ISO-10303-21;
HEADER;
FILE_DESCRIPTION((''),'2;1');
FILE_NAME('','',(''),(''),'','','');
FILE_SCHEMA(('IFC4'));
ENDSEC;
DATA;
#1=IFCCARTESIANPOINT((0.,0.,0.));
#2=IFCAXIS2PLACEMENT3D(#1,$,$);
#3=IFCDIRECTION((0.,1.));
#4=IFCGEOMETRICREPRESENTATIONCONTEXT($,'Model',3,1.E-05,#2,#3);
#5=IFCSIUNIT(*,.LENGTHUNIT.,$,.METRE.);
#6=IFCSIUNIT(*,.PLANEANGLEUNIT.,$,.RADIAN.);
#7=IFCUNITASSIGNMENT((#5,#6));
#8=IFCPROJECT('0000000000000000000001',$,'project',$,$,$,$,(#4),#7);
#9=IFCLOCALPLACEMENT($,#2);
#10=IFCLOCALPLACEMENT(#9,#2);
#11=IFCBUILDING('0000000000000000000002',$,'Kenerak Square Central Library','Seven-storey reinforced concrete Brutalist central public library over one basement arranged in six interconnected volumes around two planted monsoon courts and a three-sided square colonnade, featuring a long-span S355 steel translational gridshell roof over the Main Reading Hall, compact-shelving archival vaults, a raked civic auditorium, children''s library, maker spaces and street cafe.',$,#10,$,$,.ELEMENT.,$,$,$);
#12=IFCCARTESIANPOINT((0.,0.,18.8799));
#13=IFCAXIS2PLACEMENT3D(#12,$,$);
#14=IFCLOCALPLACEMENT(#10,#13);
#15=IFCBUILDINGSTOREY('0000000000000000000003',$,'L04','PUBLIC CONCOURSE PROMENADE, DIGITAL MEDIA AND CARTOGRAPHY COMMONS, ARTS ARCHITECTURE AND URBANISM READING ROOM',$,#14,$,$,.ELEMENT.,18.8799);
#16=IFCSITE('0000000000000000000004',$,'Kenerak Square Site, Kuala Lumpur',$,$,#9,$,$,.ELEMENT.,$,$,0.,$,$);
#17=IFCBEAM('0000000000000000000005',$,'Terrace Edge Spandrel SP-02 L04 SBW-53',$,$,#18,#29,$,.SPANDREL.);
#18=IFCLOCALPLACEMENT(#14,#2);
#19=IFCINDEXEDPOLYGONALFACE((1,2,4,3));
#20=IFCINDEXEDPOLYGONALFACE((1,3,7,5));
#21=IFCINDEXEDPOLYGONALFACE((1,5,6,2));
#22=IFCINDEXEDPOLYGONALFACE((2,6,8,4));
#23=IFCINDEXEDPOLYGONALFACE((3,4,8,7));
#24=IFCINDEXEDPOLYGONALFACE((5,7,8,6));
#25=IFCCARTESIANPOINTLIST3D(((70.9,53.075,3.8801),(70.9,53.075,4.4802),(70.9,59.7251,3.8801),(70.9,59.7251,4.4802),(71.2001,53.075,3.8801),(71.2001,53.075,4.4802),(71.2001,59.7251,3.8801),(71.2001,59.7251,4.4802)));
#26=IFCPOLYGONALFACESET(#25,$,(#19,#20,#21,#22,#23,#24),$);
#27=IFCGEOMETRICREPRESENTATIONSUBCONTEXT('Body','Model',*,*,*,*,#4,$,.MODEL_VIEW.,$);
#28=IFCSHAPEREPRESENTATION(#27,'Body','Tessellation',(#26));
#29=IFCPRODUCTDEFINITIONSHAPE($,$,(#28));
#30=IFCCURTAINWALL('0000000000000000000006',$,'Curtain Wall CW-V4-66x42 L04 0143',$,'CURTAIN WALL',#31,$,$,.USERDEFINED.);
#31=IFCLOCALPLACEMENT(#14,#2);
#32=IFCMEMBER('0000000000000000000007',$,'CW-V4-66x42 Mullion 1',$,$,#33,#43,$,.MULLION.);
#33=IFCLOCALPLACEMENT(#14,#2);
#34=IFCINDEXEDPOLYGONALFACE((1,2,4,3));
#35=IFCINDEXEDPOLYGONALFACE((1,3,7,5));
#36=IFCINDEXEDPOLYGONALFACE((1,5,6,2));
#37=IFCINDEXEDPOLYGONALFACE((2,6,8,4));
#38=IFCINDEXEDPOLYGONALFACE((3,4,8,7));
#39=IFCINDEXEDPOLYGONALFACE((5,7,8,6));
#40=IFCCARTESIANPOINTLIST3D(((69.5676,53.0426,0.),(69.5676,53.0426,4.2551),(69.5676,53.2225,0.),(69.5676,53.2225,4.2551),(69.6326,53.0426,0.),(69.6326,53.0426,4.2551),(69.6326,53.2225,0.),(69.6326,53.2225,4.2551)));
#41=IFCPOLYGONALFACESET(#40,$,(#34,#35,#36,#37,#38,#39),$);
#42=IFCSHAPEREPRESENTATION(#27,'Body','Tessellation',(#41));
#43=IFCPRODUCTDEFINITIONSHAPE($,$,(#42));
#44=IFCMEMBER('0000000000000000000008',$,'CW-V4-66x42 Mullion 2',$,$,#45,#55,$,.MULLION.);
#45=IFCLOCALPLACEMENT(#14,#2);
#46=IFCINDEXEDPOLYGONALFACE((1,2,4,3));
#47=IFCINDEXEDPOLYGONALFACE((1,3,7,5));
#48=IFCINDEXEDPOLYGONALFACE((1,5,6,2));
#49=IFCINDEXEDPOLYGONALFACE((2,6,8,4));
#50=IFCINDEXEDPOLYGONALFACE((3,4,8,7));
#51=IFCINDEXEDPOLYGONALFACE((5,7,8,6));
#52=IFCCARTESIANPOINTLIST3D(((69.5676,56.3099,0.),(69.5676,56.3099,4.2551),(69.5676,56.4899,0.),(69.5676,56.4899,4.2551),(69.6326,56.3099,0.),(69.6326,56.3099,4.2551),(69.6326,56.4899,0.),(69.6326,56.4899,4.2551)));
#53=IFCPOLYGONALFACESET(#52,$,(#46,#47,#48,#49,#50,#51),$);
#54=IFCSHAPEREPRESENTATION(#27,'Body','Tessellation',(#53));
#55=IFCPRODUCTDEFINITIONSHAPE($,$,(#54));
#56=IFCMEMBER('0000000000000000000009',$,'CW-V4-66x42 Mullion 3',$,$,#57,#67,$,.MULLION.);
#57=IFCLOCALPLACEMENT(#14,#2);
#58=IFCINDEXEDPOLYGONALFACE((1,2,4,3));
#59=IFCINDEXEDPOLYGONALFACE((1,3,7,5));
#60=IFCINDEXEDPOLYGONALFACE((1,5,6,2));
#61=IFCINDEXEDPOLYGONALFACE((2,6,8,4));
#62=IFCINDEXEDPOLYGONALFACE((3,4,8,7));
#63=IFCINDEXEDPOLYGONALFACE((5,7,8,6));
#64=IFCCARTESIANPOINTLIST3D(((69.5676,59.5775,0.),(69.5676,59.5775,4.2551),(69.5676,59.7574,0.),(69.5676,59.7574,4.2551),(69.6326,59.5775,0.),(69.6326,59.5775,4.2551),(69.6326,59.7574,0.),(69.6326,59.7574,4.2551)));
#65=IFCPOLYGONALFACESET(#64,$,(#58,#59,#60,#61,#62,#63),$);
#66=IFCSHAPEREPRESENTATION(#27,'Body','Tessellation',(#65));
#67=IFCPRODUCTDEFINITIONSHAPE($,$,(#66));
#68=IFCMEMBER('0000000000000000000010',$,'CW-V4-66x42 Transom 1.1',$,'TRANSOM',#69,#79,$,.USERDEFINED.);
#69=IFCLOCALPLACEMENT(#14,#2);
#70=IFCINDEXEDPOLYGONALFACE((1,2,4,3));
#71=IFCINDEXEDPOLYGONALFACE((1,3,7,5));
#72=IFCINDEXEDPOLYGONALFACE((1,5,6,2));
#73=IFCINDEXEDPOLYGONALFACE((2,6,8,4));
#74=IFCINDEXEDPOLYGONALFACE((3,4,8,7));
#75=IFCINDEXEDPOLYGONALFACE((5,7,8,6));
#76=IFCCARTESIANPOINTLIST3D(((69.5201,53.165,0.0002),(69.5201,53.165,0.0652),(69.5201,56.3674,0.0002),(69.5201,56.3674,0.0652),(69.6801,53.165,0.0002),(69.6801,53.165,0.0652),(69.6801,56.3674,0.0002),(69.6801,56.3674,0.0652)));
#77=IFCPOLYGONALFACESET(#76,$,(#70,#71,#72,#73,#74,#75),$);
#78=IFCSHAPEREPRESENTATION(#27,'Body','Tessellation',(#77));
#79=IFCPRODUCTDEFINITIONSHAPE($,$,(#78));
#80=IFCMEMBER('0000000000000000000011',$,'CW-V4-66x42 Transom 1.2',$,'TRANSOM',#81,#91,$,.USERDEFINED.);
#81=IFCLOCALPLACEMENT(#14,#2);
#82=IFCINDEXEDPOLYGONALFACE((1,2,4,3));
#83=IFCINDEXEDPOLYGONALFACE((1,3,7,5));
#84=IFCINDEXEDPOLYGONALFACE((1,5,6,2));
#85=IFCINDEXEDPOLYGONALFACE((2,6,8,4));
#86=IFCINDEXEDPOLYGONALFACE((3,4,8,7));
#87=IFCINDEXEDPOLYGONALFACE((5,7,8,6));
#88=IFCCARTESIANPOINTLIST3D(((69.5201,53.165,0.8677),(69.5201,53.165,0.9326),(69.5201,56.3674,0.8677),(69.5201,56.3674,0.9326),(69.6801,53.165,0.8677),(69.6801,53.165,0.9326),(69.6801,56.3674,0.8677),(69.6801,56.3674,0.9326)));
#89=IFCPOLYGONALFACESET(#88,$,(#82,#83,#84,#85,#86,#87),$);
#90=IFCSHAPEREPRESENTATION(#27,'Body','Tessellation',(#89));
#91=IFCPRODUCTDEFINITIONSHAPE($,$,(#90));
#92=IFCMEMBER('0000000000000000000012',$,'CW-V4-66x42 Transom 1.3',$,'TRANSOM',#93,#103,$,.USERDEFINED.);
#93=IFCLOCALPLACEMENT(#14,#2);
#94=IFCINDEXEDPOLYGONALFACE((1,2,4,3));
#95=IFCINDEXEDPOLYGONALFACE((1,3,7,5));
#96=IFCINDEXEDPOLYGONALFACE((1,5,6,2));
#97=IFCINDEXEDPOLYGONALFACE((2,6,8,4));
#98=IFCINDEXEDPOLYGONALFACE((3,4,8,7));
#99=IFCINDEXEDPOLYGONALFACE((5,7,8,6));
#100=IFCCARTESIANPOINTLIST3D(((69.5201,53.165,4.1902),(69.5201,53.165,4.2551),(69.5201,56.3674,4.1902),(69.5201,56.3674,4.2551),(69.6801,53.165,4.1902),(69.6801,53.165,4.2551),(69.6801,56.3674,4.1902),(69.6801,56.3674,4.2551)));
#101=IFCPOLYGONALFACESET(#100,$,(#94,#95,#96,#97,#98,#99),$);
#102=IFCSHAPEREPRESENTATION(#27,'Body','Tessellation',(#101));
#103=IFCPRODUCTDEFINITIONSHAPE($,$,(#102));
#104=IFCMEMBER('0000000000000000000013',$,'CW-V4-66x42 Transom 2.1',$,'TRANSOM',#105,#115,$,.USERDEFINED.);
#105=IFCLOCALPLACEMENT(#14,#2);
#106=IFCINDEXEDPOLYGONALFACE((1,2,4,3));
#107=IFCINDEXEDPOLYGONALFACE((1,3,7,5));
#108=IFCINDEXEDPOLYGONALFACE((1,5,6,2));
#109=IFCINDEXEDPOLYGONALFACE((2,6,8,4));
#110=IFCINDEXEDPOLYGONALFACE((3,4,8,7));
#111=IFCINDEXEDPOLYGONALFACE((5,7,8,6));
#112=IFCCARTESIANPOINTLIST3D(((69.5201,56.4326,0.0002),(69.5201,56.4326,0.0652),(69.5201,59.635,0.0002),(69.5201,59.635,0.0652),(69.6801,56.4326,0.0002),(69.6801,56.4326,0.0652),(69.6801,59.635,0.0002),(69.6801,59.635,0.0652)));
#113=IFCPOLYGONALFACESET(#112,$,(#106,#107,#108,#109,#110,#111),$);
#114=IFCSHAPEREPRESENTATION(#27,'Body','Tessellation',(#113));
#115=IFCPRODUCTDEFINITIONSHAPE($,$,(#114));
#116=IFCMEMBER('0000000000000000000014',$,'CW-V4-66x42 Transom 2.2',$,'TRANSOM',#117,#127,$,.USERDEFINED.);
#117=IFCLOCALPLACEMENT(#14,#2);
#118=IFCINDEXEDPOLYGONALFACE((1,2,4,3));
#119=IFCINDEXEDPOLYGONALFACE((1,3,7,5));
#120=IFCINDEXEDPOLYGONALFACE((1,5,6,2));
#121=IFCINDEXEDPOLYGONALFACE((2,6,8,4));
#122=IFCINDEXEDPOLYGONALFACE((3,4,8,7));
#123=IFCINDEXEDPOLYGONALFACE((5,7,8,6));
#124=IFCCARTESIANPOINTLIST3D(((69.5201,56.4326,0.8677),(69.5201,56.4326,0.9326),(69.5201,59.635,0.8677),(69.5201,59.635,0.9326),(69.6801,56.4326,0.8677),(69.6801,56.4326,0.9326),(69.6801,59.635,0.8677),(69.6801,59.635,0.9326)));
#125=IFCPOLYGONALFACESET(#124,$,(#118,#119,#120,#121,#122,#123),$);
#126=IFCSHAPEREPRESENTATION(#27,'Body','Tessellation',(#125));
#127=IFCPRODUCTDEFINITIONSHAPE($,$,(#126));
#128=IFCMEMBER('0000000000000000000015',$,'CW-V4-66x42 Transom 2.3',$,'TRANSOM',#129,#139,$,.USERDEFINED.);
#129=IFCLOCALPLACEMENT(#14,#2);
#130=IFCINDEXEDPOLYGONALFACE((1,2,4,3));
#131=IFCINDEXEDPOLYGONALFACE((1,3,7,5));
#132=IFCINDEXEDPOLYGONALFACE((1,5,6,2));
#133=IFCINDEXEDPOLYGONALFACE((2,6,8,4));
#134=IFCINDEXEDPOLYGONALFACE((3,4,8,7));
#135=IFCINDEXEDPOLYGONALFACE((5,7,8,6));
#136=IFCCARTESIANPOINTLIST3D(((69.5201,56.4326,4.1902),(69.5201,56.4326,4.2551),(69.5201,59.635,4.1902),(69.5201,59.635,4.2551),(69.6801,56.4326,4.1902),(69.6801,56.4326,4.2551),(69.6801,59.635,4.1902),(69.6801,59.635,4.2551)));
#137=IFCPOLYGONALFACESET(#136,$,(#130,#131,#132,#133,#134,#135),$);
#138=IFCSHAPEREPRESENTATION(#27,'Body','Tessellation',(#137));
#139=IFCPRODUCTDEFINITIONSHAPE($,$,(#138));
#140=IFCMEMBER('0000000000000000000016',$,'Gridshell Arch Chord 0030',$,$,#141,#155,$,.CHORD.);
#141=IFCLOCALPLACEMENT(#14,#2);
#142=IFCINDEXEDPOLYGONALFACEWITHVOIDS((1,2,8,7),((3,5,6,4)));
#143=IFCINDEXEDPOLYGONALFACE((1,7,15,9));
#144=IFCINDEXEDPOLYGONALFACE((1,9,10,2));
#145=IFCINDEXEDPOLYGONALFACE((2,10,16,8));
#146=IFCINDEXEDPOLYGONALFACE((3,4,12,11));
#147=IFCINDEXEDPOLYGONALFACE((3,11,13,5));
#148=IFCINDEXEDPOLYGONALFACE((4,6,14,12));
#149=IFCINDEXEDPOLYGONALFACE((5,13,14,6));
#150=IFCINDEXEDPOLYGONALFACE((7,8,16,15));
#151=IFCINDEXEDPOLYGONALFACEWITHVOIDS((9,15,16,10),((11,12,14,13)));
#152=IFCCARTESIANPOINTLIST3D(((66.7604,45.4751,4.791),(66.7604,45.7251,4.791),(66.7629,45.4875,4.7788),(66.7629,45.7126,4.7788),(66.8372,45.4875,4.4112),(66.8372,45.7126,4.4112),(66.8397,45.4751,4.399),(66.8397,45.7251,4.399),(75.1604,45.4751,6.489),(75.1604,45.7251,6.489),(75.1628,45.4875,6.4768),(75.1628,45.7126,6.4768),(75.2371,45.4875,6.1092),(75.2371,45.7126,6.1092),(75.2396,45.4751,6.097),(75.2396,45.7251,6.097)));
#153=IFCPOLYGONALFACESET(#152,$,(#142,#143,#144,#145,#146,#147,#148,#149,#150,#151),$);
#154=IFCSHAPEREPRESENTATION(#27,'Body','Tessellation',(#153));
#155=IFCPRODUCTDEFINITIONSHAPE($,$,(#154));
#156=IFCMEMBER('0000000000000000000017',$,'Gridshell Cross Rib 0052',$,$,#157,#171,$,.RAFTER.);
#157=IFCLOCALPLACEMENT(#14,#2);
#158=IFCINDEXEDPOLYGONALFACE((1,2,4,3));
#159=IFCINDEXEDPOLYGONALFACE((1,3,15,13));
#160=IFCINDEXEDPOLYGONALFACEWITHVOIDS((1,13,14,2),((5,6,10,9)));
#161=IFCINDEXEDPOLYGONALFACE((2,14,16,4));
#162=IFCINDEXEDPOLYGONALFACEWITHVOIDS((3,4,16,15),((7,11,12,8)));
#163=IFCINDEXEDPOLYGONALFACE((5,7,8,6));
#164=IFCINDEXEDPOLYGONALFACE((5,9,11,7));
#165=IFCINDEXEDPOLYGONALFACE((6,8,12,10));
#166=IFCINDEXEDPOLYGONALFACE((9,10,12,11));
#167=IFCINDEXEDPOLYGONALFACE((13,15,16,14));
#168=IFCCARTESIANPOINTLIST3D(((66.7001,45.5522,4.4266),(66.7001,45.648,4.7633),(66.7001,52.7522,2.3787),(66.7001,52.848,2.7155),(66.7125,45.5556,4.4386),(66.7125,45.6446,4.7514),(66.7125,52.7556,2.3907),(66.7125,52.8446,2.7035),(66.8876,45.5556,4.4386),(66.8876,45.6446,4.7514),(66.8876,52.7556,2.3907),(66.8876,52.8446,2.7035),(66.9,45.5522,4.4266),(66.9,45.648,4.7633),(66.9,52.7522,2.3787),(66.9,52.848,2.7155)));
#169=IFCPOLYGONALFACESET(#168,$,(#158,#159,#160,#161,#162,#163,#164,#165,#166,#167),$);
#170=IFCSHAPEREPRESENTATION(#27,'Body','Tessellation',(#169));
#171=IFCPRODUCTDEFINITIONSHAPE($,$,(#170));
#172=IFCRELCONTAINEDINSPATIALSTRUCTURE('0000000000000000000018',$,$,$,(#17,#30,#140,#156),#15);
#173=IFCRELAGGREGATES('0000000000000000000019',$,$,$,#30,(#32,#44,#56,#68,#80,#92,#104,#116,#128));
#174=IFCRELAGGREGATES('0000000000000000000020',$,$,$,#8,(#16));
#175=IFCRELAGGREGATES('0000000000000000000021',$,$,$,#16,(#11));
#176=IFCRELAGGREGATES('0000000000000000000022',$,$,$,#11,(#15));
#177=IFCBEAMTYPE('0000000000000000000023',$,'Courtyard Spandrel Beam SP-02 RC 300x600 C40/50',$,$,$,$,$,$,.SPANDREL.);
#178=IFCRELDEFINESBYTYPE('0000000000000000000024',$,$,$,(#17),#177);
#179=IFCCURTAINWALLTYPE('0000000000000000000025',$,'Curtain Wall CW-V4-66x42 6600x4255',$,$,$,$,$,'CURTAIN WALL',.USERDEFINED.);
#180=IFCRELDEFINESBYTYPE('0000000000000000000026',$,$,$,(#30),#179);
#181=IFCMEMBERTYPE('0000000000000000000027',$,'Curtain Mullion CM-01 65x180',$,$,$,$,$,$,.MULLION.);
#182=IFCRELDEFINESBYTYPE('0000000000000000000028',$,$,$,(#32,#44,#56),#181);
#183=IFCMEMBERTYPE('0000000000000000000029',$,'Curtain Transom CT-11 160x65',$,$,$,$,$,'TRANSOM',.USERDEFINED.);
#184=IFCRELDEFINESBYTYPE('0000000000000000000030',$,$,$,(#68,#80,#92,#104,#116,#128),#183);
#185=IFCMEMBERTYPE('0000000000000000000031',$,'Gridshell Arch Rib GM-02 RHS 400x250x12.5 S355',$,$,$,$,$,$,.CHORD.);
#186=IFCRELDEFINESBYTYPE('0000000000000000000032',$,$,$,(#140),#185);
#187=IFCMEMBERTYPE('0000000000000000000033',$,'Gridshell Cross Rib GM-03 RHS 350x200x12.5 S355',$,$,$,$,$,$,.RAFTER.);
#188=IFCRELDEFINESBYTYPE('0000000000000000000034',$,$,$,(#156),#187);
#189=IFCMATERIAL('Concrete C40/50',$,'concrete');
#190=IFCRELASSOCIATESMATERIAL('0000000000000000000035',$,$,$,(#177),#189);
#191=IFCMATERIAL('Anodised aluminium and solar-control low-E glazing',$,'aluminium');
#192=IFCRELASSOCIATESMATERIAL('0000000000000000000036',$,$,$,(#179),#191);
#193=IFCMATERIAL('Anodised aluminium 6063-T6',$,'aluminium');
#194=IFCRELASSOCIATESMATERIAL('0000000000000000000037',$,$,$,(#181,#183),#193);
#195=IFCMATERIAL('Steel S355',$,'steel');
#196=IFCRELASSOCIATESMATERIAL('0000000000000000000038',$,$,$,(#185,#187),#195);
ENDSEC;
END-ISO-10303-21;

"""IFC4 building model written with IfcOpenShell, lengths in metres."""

from ifc_helpers import new_model, si_unit, direction, frame, origin, origin_2d, place, context, subcontext, project, spatial, rectangle, hollow_rectangle, extrude, material, material_profile, profile_set, type_object, element, aggregate, save


model = new_model("IFC4")

# Units and contexts
model_context = context("Model", 3, precision=1e-05, world=origin(), true_north=direction((0.0, 1.0)))
body_context = subcontext(model_context, "Body", "Model", "MODEL_VIEW")
ifc_project = project(units=[si_unit("LENGTHUNIT", "METRE"), si_unit("PLANEANGLEUNIT", "RADIAN")], contexts=[model_context])

# Site, building, storey
site_placement = place(None, origin())
site = spatial("IfcSite", under=ifc_project, at=site_placement, Name="Kenerak Square Site, Kuala Lumpur", CompositionType="ELEMENT", RefElevation=0.0)
building_placement = place(site_placement, origin())
building = spatial("IfcBuilding", under=site, at=building_placement, Name="Kenerak Square Central Library", Description="Seven-storey reinforced concrete Brutalist central public library over one basement arranged in six interconnected volumes around two planted monsoon courts and a three-sided square colonnade, featuring a long-span S355 steel translational gridshell roof over the Main Reading Hall, compact-shelving archival vaults, a raked civic auditorium, children's library, maker spaces and street cafe.", CompositionType="ELEMENT")
storey_placement = place(building_placement, frame((0.0, 0.0, 18.8799)))
storey = spatial("IfcBuildingStorey", under=building, at=storey_placement, Name="L04", Description="PUBLIC CONCOURSE PROMENADE, DIGITAL MEDIA AND CARTOGRAPHY COMMONS, ARTS ARCHITECTURE AND URBANISM READING ROOM", CompositionType="ELEMENT", Elevation=18.8799)

# Beam
ifc_material_1 = material(Name="Concrete C40/50", Category="concrete")
ifc_material_profile_1 = material_profile(ifc_material_1, rectangle(XDim=0.3, YDim=0.6001, at=origin_2d()), Name="RC 300x600")
ifc_profile_set_1 = profile_set([ifc_material_profile_1], Name="Concrete C40/50")
beam_type_1 = type_object("IfcBeamType", Name="Courtyard Spandrel Beam SP-02 RC 300x600 C40/50", PredefinedType="SPANDREL", material=ifc_profile_set_1)
beam_1_placement = place(storey_placement, frame((71.05, 53.075, 4.1802), z_axis=(0.0, 1.0, 0.0), x_axis=(-1.0, 0.0, 0.0)))
element("IfcBeam", 1, at=beam_1_placement, inside=storey, type_object=beam_type_1, Name="Terrace Edge Spandrel SP-02 L04 SBW-53", PredefinedType="SPANDREL", context=body_context, shape_type="SweptSolid", body=[
    extrude(rectangle(XDim=0.3, YDim=0.6001, at=origin_2d()), origin(), (0.0, 0.0, 1.0), 6.6501),
])

# Curtain wall, members
ifc_material_2 = material(Name="Anodised aluminium and solar-control low-E glazing", Category="aluminium")
curtain_wall_type = type_object("IfcCurtainWallType", Name="Curtain Wall CW-V4-66x42 6600x4255", ElementType="CURTAIN WALL", PredefinedType="USERDEFINED", material=ifc_material_2)
curtain_wall_placement = place(storey_placement, origin())
curtain_wall = element("IfcCurtainWall", 2, at=curtain_wall_placement, inside=storey, type_object=curtain_wall_type, Name="Curtain Wall CW-V4-66x42 L04 0143", ObjectType="CURTAIN WALL", PredefinedType="USERDEFINED")
ifc_material_3 = material(Name="Anodised aluminium 6063-T6", Category="aluminium")
ifc_material_profile_2 = material_profile(ifc_material_3, rectangle(XDim=0.0649, YDim=0.1799, at=origin_2d()), Name="AL MULLION 65x180")
ifc_profile_set_2 = profile_set([ifc_material_profile_2], Name="Anodised aluminium 6063-T6")
member_type_1 = type_object("IfcMemberType", Name="Curtain Mullion CM-01 65x180", PredefinedType="MULLION", material=ifc_profile_set_2)
member_1_placement = place(storey_placement, frame((69.6001, 53.1326, 0.0), z_axis=(0.0, 0.0, 1.0), x_axis=(-1.0, 0.0, 0.0)))
member_1 = element("IfcMember", 3, at=member_1_placement, type_object=member_type_1, Name="CW-V4-66x42 Mullion 1", PredefinedType="MULLION", context=body_context, shape_type="SweptSolid", body=[
    extrude(rectangle(XDim=0.0649, YDim=0.1799, at=origin_2d()), origin(), (0.0, 0.0, 1.0), 4.2551),
])
member_2_placement = place(storey_placement, frame((69.6001, 56.3999, 0.0), z_axis=(0.0, 0.0, 1.0), x_axis=(-1.0, 0.0, 0.0)))
member_2 = element("IfcMember", 4, at=member_2_placement, type_object=member_type_1, Name="CW-V4-66x42 Mullion 2", PredefinedType="MULLION", context=body_context, shape_type="SweptSolid", body=[
    extrude(rectangle(XDim=0.0649, YDim=0.1799, at=origin_2d()), origin(), (0.0, 0.0, 1.0), 4.2551),
])
member_3_placement = place(storey_placement, frame((69.6001, 59.6675, 0.0), z_axis=(0.0, 0.0, 1.0), x_axis=(-1.0, 0.0, 0.0)))
member_3 = element("IfcMember", 5, at=member_3_placement, type_object=member_type_1, Name="CW-V4-66x42 Mullion 3", PredefinedType="MULLION", context=body_context, shape_type="SweptSolid", body=[
    extrude(rectangle(XDim=0.0649, YDim=0.1799, at=origin_2d()), origin(), (0.0, 0.0, 1.0), 4.2551),
])
ifc_material_profile_3 = material_profile(ifc_material_3, rectangle(XDim=0.1599, YDim=0.0649, at=origin_2d()), Name="AL TRANSOM 160x65")
ifc_profile_set_3 = profile_set([ifc_material_profile_3], Name="Anodised aluminium 6063-T6")
member_type_2 = type_object("IfcMemberType", Name="Curtain Transom CT-11 160x65", ElementType="TRANSOM", PredefinedType="USERDEFINED", material=ifc_profile_set_3)
member_4_placement = place(storey_placement, frame((69.6001, 53.165, 0.0327), z_axis=(0.0, 1.0, 0.0), x_axis=(-1.0, 0.0, 0.0)))
member_4 = element("IfcMember", 6, at=member_4_placement, type_object=member_type_2, Name="CW-V4-66x42 Transom 1.1", ObjectType="TRANSOM", PredefinedType="USERDEFINED", context=body_context, shape_type="SweptSolid", body=[
    extrude(rectangle(XDim=0.1599, YDim=0.0649, at=origin_2d()), origin(), (0.0, 0.0, 1.0), 3.2024),
])
member_5_placement = place(storey_placement, frame((69.6001, 53.165, 0.9001), z_axis=(0.0, 1.0, 0.0), x_axis=(-1.0, 0.0, 0.0)))
member_5 = element("IfcMember", 7, at=member_5_placement, type_object=member_type_2, Name="CW-V4-66x42 Transom 1.2", ObjectType="TRANSOM", PredefinedType="USERDEFINED", context=body_context, shape_type="SweptSolid", body=[
    extrude(rectangle(XDim=0.1599, YDim=0.0649, at=origin_2d()), origin(), (0.0, 0.0, 1.0), 3.2024),
])
member_6_placement = place(storey_placement, frame((69.6001, 53.165, 4.2227), z_axis=(0.0, 1.0, 0.0), x_axis=(-1.0, 0.0, 0.0)))
member_6 = element("IfcMember", 8, at=member_6_placement, type_object=member_type_2, Name="CW-V4-66x42 Transom 1.3", ObjectType="TRANSOM", PredefinedType="USERDEFINED", context=body_context, shape_type="SweptSolid", body=[
    extrude(rectangle(XDim=0.1599, YDim=0.0649, at=origin_2d()), origin(), (0.0, 0.0, 1.0), 3.2024),
])
member_7_placement = place(storey_placement, frame((69.6001, 56.4326, 0.0327), z_axis=(0.0, 1.0, 0.0), x_axis=(-1.0, 0.0, 0.0)))
member_7 = element("IfcMember", 9, at=member_7_placement, type_object=member_type_2, Name="CW-V4-66x42 Transom 2.1", ObjectType="TRANSOM", PredefinedType="USERDEFINED", context=body_context, shape_type="SweptSolid", body=[
    extrude(rectangle(XDim=0.1599, YDim=0.0649, at=origin_2d()), origin(), (0.0, 0.0, 1.0), 3.2024),
])
member_8_placement = place(storey_placement, frame((69.6001, 56.4326, 0.9001), z_axis=(0.0, 1.0, 0.0), x_axis=(-1.0, 0.0, 0.0)))
member_8 = element("IfcMember", 10, at=member_8_placement, type_object=member_type_2, Name="CW-V4-66x42 Transom 2.2", ObjectType="TRANSOM", PredefinedType="USERDEFINED", context=body_context, shape_type="SweptSolid", body=[
    extrude(rectangle(XDim=0.1599, YDim=0.0649, at=origin_2d()), origin(), (0.0, 0.0, 1.0), 3.2024),
])
member_9_placement = place(storey_placement, frame((69.6001, 56.4326, 4.2227), z_axis=(0.0, 1.0, 0.0), x_axis=(-1.0, 0.0, 0.0)))
member_9 = element("IfcMember", 11, at=member_9_placement, type_object=member_type_2, Name="CW-V4-66x42 Transom 2.3", ObjectType="TRANSOM", PredefinedType="USERDEFINED", context=body_context, shape_type="SweptSolid", body=[
    extrude(rectangle(XDim=0.1599, YDim=0.0649, at=origin_2d()), origin(), (0.0, 0.0, 1.0), 3.2024),
])

# Members
ifc_material_4 = material(Name="Steel S355", Category="steel")
ifc_material_profile_4 = material_profile(ifc_material_4, hollow_rectangle(XDim=0.25, YDim=0.3999, WallThickness=0.0125, at=origin_2d()), Name="RHS 400x250x12.5")
ifc_profile_set_4 = profile_set([ifc_material_profile_4], Name="Steel S355")
member_type_3 = type_object("IfcMemberType", Name="Gridshell Arch Rib GM-02 RHS 400x250x12.5 S355", PredefinedType="CHORD", material=ifc_profile_set_4)
member_10_placement = place(storey_placement, frame((66.8, 45.6001, 4.595), z_axis=(0.980174, 0.0, 0.198137), x_axis=(0.0, 1.0, 0.0)))
element("IfcMember", 12, at=member_10_placement, inside=storey, type_object=member_type_3, Name="Gridshell Arch Chord 0030", PredefinedType="CHORD", context=body_context, shape_type="SweptSolid", body=[
    extrude(hollow_rectangle(XDim=0.25, YDim=0.3999, WallThickness=0.0125, at=origin_2d()), origin(), (0.0, 0.0, 1.0), 8.5698),
])
ifc_material_profile_5 = material_profile(ifc_material_4, hollow_rectangle(XDim=0.2, YDim=0.3501, WallThickness=0.0125, at=origin_2d()), Name="RHS 350x200x12.5")
ifc_profile_set_5 = profile_set([ifc_material_profile_5], Name="Steel S355")
member_type_4 = type_object("IfcMemberType", Name="Gridshell Cross Rib GM-03 RHS 350x200x12.5 S355", PredefinedType="RAFTER", material=ifc_profile_set_5)
member_11_placement = place(storey_placement, frame((66.8, 45.6001, 4.595), z_axis=(0.0, 0.961851, -0.273575), x_axis=(-1.0, 0.0, 0.0)))
element("IfcMember", 13, at=member_11_placement, inside=storey, type_object=member_type_4, Name="Gridshell Cross Rib 0052", PredefinedType="RAFTER", context=body_context, shape_type="SweptSolid", body=[
    extrude(hollow_rectangle(XDim=0.2, YDim=0.3501, WallThickness=0.0125, at=origin_2d()), origin(), (0.0, 0.0, 1.0), 7.4856),
])

aggregate(curtain_wall, [member_1, member_2, member_3, member_4, member_5, member_6, member_7, member_8, member_9])

save(model, "model.ifc")
